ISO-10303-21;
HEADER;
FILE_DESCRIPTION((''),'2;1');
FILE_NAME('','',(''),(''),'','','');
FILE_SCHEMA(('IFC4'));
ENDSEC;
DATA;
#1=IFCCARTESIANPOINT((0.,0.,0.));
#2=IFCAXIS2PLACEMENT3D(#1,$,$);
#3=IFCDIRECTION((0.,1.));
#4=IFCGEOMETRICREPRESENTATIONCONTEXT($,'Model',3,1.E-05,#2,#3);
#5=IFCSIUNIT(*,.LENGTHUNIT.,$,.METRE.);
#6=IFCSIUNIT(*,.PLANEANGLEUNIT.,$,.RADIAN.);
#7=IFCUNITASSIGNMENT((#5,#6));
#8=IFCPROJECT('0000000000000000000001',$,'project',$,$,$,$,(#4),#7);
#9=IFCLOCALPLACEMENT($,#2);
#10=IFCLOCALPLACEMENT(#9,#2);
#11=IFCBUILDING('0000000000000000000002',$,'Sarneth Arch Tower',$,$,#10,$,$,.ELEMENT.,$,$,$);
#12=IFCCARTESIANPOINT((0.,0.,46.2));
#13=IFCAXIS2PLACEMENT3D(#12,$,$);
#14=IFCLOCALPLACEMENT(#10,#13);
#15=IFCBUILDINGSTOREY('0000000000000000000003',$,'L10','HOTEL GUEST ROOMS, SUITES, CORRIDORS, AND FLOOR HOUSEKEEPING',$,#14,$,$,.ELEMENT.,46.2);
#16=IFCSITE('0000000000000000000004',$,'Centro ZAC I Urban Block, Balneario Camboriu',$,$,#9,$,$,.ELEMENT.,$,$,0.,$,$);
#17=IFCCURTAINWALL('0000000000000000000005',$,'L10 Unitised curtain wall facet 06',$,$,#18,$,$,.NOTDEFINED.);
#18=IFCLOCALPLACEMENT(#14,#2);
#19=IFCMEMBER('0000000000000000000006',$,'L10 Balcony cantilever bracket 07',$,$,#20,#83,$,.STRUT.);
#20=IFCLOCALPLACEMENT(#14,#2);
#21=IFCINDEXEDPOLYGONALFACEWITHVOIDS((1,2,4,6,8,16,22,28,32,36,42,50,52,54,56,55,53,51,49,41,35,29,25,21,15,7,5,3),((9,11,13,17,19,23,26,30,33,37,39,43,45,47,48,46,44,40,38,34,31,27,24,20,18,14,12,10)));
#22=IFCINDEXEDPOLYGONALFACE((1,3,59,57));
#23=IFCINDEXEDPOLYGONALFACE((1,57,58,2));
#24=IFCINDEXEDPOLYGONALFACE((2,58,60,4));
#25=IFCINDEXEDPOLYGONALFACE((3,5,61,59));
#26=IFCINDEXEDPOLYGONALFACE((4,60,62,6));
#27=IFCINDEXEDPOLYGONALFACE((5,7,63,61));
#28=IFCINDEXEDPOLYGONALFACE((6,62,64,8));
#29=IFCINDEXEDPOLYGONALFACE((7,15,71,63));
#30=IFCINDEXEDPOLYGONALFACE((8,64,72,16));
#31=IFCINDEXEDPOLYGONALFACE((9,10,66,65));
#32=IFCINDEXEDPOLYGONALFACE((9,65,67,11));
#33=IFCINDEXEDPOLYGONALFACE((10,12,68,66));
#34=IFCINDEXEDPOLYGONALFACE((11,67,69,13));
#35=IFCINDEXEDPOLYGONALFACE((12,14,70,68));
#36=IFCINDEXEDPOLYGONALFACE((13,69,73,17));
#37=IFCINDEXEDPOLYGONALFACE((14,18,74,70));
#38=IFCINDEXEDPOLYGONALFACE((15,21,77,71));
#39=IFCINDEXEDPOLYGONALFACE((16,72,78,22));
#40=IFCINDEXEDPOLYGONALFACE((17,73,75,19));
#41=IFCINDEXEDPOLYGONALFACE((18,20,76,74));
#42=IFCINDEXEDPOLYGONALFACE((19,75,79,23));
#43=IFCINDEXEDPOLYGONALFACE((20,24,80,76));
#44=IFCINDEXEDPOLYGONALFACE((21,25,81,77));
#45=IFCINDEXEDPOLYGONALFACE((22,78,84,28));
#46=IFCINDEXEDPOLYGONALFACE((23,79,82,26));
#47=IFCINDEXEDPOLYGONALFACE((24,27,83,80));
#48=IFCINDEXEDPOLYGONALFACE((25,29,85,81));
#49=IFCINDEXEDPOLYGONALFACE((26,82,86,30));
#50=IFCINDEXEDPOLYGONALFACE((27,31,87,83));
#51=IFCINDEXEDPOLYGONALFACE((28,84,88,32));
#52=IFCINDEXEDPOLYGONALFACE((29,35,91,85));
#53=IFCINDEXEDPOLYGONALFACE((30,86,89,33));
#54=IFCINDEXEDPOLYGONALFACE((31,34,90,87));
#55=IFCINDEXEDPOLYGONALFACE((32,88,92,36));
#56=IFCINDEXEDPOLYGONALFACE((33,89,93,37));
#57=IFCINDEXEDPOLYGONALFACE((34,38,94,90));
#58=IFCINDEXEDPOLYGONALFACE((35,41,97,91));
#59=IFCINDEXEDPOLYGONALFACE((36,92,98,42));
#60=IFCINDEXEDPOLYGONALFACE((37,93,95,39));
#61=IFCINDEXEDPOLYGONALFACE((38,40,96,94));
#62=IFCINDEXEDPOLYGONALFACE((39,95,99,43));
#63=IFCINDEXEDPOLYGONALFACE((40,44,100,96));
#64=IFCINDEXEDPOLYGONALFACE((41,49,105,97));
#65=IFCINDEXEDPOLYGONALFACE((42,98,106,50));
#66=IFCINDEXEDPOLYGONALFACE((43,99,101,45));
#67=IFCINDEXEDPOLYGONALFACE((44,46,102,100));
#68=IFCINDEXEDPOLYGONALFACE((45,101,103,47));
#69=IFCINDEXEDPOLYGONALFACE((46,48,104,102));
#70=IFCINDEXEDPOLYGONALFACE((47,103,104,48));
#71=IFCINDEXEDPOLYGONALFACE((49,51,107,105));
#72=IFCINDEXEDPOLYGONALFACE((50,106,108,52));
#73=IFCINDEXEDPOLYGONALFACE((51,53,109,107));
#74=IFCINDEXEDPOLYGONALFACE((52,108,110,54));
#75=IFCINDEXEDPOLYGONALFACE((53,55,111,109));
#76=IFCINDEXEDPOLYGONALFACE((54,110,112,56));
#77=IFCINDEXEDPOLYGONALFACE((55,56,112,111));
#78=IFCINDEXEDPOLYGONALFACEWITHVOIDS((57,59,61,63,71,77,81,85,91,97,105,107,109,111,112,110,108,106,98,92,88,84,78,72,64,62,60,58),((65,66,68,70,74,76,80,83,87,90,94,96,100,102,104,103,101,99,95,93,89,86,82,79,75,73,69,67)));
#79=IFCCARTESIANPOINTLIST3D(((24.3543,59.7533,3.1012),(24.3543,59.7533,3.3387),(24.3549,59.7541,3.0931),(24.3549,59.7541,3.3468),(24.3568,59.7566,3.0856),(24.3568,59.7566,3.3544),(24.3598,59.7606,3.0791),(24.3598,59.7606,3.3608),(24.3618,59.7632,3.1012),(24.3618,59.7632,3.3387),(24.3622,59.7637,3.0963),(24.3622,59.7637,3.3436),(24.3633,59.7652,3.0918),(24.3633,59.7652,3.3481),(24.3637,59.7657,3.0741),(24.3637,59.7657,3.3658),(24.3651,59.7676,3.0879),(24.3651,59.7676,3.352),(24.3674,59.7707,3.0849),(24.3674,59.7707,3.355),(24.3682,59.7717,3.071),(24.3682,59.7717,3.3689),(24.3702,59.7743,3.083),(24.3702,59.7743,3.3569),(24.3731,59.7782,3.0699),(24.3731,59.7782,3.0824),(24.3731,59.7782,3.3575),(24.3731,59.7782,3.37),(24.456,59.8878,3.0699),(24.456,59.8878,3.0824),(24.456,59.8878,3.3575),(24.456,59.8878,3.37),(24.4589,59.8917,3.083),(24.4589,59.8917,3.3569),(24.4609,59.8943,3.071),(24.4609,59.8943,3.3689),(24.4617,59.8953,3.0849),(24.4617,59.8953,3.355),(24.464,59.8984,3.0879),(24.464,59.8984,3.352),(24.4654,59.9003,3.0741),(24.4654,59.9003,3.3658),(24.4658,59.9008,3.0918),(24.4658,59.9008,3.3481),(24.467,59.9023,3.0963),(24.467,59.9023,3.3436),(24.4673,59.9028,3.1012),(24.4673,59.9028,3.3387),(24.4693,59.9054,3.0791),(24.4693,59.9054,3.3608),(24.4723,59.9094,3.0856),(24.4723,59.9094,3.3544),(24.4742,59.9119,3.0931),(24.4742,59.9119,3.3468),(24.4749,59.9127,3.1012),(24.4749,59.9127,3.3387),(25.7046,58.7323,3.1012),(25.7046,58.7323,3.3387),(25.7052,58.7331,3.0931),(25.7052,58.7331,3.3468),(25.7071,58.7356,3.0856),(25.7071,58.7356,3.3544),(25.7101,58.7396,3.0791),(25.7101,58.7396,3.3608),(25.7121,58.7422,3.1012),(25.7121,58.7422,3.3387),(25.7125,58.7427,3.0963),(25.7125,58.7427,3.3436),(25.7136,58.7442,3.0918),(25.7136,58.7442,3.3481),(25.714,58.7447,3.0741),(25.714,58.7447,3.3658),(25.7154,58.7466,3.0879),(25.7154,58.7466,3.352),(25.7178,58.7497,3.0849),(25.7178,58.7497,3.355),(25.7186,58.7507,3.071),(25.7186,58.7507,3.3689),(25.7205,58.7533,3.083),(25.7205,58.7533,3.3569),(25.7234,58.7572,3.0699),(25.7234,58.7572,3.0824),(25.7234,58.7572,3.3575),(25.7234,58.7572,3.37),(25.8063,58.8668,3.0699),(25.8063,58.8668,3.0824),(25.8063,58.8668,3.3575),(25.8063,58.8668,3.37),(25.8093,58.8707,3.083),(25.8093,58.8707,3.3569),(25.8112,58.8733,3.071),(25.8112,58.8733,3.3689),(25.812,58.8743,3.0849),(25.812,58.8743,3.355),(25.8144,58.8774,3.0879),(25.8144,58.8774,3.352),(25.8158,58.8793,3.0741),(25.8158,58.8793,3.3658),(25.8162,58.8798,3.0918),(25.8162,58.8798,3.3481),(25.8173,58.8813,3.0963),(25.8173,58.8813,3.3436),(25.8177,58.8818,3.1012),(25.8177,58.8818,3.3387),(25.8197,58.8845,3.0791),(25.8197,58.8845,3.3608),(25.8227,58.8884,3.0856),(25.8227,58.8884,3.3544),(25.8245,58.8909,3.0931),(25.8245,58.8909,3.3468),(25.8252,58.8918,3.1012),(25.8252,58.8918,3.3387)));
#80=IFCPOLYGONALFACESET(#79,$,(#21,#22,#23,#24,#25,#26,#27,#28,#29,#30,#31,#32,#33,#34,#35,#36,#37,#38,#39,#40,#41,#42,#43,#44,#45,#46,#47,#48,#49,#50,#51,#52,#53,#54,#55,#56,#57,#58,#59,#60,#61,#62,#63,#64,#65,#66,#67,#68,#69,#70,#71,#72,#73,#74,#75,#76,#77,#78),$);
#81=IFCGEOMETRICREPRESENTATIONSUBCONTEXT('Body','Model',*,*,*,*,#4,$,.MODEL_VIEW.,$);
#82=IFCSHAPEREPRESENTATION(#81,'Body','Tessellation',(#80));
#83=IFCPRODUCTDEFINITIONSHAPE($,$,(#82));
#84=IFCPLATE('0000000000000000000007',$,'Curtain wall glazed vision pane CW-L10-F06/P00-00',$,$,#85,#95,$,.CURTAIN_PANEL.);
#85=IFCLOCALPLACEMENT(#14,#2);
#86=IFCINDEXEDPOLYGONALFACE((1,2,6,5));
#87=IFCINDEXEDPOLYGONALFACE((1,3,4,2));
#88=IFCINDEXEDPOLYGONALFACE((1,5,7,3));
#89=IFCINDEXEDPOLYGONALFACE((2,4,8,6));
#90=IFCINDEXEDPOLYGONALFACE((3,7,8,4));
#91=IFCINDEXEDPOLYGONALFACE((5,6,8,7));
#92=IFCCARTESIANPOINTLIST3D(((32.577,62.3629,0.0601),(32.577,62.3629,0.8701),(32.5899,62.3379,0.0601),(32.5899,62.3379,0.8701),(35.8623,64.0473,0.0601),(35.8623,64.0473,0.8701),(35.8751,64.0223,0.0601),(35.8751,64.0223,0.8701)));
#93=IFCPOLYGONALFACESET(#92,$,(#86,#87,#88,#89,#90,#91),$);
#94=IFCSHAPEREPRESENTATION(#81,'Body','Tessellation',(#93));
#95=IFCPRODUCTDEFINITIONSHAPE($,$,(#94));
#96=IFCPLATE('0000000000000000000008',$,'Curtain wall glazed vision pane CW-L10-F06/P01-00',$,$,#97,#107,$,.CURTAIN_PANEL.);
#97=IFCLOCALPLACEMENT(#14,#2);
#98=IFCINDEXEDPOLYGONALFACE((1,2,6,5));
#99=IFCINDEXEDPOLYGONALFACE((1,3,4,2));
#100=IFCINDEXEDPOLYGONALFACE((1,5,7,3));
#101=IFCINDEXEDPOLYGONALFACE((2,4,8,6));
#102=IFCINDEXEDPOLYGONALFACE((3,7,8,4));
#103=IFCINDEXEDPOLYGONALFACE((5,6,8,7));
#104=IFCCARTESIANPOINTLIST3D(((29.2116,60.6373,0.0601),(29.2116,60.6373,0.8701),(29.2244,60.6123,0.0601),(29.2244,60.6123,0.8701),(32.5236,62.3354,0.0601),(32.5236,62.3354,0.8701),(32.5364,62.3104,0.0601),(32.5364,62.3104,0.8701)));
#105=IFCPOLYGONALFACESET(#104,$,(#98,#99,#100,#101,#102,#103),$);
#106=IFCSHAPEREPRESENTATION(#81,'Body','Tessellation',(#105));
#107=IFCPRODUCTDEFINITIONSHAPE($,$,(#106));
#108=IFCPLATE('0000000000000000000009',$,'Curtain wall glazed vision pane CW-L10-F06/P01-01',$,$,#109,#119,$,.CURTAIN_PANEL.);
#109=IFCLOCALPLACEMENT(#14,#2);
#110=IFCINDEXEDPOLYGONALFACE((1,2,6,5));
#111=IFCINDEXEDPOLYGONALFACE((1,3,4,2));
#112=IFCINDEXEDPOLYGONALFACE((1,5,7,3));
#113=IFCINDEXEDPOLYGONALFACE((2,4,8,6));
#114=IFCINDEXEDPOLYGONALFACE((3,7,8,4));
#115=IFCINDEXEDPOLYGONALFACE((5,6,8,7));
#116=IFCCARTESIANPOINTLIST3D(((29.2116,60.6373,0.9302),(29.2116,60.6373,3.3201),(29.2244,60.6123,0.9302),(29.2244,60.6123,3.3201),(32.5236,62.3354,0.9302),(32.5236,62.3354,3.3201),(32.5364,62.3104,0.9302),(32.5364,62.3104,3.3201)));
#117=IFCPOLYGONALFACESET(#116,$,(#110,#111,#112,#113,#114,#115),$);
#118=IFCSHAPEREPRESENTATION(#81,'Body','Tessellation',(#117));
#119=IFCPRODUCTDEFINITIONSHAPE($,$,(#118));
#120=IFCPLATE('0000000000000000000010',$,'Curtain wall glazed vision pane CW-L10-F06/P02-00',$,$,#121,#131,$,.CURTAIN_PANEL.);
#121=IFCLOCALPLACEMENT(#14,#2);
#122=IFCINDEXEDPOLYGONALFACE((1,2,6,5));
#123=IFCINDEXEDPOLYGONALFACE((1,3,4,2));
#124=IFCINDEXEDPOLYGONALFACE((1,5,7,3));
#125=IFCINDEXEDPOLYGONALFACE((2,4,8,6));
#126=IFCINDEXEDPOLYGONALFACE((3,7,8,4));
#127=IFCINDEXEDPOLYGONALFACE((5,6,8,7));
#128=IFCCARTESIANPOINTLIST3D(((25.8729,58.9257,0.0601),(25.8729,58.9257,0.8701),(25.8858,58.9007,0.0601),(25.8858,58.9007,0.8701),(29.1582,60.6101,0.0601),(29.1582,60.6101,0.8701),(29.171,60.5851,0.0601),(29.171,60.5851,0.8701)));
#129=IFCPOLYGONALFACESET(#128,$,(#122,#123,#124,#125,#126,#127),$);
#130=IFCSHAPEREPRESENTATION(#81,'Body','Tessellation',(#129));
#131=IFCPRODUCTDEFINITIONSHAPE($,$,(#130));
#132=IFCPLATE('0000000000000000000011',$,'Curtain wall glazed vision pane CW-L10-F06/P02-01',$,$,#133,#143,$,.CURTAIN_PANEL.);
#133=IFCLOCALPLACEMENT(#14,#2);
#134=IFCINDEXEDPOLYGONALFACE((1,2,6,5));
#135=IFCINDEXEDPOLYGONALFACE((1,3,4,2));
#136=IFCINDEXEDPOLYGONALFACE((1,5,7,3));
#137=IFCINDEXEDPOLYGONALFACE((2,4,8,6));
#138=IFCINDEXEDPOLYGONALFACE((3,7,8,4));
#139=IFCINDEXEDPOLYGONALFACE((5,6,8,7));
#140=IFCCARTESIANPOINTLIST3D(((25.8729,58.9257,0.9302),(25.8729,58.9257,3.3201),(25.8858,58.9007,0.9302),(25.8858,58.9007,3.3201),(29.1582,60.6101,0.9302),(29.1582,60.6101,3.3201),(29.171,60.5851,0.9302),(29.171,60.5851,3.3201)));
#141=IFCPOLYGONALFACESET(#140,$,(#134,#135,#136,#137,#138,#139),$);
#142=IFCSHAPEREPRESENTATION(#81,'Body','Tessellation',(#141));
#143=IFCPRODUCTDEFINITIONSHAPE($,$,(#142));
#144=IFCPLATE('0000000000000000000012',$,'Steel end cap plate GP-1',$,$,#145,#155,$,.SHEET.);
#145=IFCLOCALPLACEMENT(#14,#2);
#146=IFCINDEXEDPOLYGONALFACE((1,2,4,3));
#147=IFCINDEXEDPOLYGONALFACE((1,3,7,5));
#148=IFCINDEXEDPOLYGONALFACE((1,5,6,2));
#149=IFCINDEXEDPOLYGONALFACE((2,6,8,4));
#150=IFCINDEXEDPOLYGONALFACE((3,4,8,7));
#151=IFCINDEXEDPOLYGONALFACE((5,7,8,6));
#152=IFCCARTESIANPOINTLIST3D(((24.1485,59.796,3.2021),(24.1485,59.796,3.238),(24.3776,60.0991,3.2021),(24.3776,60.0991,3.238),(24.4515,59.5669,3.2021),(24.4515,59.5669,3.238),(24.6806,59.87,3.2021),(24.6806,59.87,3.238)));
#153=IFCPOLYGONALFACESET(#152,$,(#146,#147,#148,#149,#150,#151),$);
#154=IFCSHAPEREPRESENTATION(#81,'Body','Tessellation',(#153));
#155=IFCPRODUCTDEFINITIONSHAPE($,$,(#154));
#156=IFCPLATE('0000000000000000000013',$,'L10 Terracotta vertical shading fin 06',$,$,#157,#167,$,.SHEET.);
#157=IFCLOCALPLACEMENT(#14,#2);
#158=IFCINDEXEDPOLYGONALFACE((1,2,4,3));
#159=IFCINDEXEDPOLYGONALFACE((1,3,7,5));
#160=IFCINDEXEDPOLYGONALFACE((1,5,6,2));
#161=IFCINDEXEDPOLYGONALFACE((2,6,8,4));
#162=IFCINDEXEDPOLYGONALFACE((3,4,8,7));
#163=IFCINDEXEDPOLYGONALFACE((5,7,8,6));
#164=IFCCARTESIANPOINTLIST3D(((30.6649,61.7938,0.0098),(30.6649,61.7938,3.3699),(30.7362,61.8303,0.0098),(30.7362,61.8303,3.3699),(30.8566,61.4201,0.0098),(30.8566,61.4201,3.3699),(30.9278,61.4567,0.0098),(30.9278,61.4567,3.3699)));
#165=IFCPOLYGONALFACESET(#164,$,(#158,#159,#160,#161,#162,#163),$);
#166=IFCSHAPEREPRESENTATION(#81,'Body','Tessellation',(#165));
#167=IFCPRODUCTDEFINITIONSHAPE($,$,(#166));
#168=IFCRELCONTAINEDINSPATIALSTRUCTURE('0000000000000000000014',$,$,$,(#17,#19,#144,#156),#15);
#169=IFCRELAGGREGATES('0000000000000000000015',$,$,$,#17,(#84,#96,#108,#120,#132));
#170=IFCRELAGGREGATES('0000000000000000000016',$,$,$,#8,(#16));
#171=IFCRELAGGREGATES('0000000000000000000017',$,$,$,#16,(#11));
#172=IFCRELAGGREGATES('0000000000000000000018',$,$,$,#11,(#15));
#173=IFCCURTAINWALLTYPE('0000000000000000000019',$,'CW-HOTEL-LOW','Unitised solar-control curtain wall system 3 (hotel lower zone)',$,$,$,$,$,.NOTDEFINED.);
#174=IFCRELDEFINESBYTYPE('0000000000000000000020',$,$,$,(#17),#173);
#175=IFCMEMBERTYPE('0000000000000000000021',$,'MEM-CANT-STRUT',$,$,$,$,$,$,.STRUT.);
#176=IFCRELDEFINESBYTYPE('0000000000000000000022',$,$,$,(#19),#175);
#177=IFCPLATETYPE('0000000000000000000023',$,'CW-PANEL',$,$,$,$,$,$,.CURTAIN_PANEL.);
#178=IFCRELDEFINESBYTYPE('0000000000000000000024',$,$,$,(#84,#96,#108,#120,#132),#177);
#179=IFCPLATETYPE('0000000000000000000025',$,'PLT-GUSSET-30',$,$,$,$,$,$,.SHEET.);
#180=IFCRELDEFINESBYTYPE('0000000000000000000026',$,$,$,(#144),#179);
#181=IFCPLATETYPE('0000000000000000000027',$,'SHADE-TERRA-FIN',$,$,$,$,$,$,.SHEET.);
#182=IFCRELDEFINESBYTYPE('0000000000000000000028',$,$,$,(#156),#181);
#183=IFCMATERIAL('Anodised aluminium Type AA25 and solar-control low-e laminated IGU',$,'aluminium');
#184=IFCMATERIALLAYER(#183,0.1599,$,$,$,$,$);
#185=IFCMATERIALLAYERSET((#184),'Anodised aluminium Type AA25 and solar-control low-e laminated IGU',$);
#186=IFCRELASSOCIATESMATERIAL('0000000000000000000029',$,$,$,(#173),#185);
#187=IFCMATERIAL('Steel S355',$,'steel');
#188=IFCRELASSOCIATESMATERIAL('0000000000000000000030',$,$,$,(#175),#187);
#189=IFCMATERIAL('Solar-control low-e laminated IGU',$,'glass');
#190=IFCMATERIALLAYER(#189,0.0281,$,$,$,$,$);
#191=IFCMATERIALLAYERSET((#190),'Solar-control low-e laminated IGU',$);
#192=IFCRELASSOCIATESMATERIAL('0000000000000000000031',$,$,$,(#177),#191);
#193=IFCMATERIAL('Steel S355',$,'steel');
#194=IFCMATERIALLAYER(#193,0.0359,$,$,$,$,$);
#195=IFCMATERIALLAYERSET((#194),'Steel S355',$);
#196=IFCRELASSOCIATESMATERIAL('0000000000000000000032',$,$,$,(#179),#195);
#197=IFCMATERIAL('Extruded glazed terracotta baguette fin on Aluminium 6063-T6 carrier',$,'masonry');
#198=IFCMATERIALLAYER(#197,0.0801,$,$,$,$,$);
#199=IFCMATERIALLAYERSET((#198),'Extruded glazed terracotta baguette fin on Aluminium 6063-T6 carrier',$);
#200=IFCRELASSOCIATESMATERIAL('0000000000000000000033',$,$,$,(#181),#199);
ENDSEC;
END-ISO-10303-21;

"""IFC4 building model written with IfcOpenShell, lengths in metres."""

from ifc_helpers import new_model, si_unit, direction, frame, origin, origin_2d, place, context, subcontext, project, spatial, rectangle, hollow_rectangle, extrude, material, layer, layer_set, material_profile, profile_set, type_object, element, aggregate, save


model = new_model("IFC4")

# Units and contexts
model_context = context("Model", 3, precision=1e-05, world=origin(), true_north=direction((0.0, 1.0)))
body_context = subcontext(model_context, "Body", "Model", "MODEL_VIEW")
ifc_project = project(units=[si_unit("LENGTHUNIT", "METRE"), si_unit("PLANEANGLEUNIT", "RADIAN")], contexts=[model_context])

# Site, building, storey
site_placement = place(None, origin())
site = spatial("IfcSite", under=ifc_project, at=site_placement, Name="Centro ZAC I Urban Block, Balneario Camboriu", CompositionType="ELEMENT", RefElevation=0.0)
building_placement = place(site_placement, origin())
building = spatial("IfcBuilding", under=site, at=building_placement, Name="Sarneth Arch Tower", CompositionType="ELEMENT")
storey_placement = place(building_placement, frame((0.0, 0.0, 46.2)))
storey = spatial("IfcBuildingStorey", under=building, at=storey_placement, Name="L10", Description="HOTEL GUEST ROOMS, SUITES, CORRIDORS, AND FLOOR HOUSEKEEPING", CompositionType="ELEMENT", Elevation=46.2)

# Curtain wall
ifc_material_1 = material(Name="Anodised aluminium Type AA25 and solar-control low-e laminated IGU", Category="aluminium")
ifc_layer_1 = layer(ifc_material_1, 0.1599)
ifc_layer_set_1 = layer_set([ifc_layer_1], Name="Anodised aluminium Type AA25 and solar-control low-e laminated IGU")
curtain_wall_type = type_object("IfcCurtainWallType", Name="CW-HOTEL-LOW", Description="Unitised solar-control curtain wall system 3 (hotel lower zone)", PredefinedType="NOTDEFINED", material=ifc_layer_set_1)
curtain_wall_placement = place(storey_placement, origin())
curtain_wall = element("IfcCurtainWall", 1, at=curtain_wall_placement, inside=storey, type_object=curtain_wall_type, Name="L10 Unitised curtain wall facet 06", PredefinedType="NOTDEFINED")

# Member
ifc_material_2 = material(Name="Steel S355", Category="steel")
ifc_material_profile_1 = material_profile(ifc_material_2, hollow_rectangle(XDim=0.2, YDim=0.3, WallThickness=0.0125, InnerFilletRadius=0.0188, OuterFilletRadius=0.0312, at=origin_2d()), Name="RHS300x200x12.5")
ifc_profile_set_1 = profile_set([ifc_material_profile_1], Name="Steel S355")
member_type_1 = type_object("IfcMemberType", Name="MEM-CANT-STRUT", PredefinedType="STRUT", material=ifc_profile_set_1)
member_1_placement = place(storey_placement, frame((25.7649, 58.812, 3.22), z_axis=(-0.797658, 0.603111, 0.0), x_axis=(-0.603111, -0.797658, 0.0)))
element("IfcMember", 2, at=member_1_placement, inside=storey, type_object=member_type_1, Name="L10 Balcony cantilever bracket 07", PredefinedType="STRUT", context=body_context, shape_type="SweptSolid", body=[
    extrude(hollow_rectangle(XDim=0.2, YDim=0.3, WallThickness=0.0125, InnerFilletRadius=0.0188, OuterFilletRadius=0.0312, at=origin_2d()), origin(), (0.0, 0.0, 1.0), 1.6929),
])

# Plates
ifc_material_3 = material(Name="Solar-control low-e laminated IGU", Category="glass")
ifc_layer_2 = layer(ifc_material_3, 0.0281)
ifc_layer_set_2 = layer_set([ifc_layer_2], Name="Solar-control low-e laminated IGU")
plate_type_1 = type_object("IfcPlateType", Name="CW-PANEL", PredefinedType="CURTAIN_PANEL", material=ifc_layer_set_2)
plate_1_placement = place(storey_placement, frame((34.2261, 63.1926, 0.0601), z_axis=(0.0, 0.0, 1.0), x_axis=(-0.889854, -0.456245, 0.0)))
plate_1 = element("IfcPlate", 3, at=plate_1_placement, type_object=plate_type_1, Name="Curtain wall glazed vision pane CW-L10-F06/P00-00", PredefinedType="CURTAIN_PANEL", context=body_context, shape_type="SweptSolid", body=[
    extrude(rectangle(XDim=3.6919, YDim=0.0281, at=origin_2d()), origin(), (0.0, 0.0, 1.0), 0.8101),
])
plate_2_placement = place(storey_placement, frame((30.874, 61.4739, 0.0601), z_axis=(0.0, 0.0, 1.0), x_axis=(-0.889854, -0.456245, 0.0)))
plate_2 = element("IfcPlate", 4, at=plate_2_placement, type_object=plate_type_1, Name="Curtain wall glazed vision pane CW-L10-F06/P01-00", PredefinedType="CURTAIN_PANEL", context=body_context, shape_type="SweptSolid", body=[
    extrude(rectangle(XDim=3.7219, YDim=0.0281, at=origin_2d()), origin(), (0.0, 0.0, 1.0), 0.8101),
])
plate_3_placement = place(storey_placement, frame((30.874, 61.4739, 0.9302), z_axis=(0.0, 0.0, 1.0), x_axis=(-0.889854, -0.456245, 0.0)))
plate_3 = element("IfcPlate", 5, at=plate_3_placement, type_object=plate_type_1, Name="Curtain wall glazed vision pane CW-L10-F06/P01-01", PredefinedType="CURTAIN_PANEL", context=body_context, shape_type="SweptSolid", body=[
    extrude(rectangle(XDim=3.7219, YDim=0.0281, at=origin_2d()), origin(), (0.0, 0.0, 1.0), 2.3899),
])
plate_4_placement = place(storey_placement, frame((27.522, 59.7554, 0.0601), z_axis=(0.0, 0.0, 1.0), x_axis=(-0.889854, -0.456245, 0.0)))
plate_4 = element("IfcPlate", 6, at=plate_4_placement, type_object=plate_type_1, Name="Curtain wall glazed vision pane CW-L10-F06/P02-00", PredefinedType="CURTAIN_PANEL", context=body_context, shape_type="SweptSolid", body=[
    extrude(rectangle(XDim=3.6919, YDim=0.0281, at=origin_2d()), origin(), (0.0, 0.0, 1.0), 0.8101),
])
plate_5_placement = place(storey_placement, frame((27.522, 59.7554, 0.9302), z_axis=(0.0, 0.0, 1.0), x_axis=(-0.889854, -0.456245, 0.0)))
plate_5 = element("IfcPlate", 7, at=plate_5_placement, type_object=plate_type_1, Name="Curtain wall glazed vision pane CW-L10-F06/P02-01", PredefinedType="CURTAIN_PANEL", context=body_context, shape_type="SweptSolid", body=[
    extrude(rectangle(XDim=3.6919, YDim=0.0281, at=origin_2d()), origin(), (0.0, 0.0, 1.0), 2.3899),
])
aggregate(curtain_wall, [plate_1, plate_2, plate_3, plate_4, plate_5])

# Plates
ifc_material_4 = material(Name="Steel S355", Category="steel")
ifc_layer_3 = layer(ifc_material_4, 0.0359)
ifc_layer_set_3 = layer_set([ifc_layer_3], Name="Steel S355")
plate_type_2 = type_object("IfcPlateType", Name="PLT-GUSSET-30", PredefinedType="SHEET", material=ifc_layer_set_3)
plate_6_placement = place(storey_placement, frame((24.4146, 59.833, 3.2021), z_axis=(0.0, 0.0, 1.0), x_axis=(-0.797689, 0.603069, 0.0)))
element("IfcPlate", 8, at=plate_6_placement, inside=storey, type_object=plate_type_2, Name="Steel end cap plate GP-1", PredefinedType="SHEET", context=body_context, shape_type="SweptSolid", body=[
    extrude(rectangle(XDim=0.3799, YDim=0.3799, at=origin_2d()), origin(), (0.0, 0.0, 1.0), 0.0359),
])
ifc_material_5 = material(Name="Extruded glazed terracotta baguette fin on Aluminium 6063-T6 carrier", Category="masonry")
ifc_layer_4 = layer(ifc_material_5, 0.0801)
ifc_layer_set_4 = layer_set([ifc_layer_4], Name="Extruded glazed terracotta baguette fin on Aluminium 6063-T6 carrier")
plate_type_3 = type_object("IfcPlateType", Name="SHADE-TERRA-FIN", PredefinedType="SHEET", material=ifc_layer_set_4)
plate_7_placement = place(storey_placement, frame((30.7964, 61.6252, 0.0098), z_axis=(0.0, 0.0, 1.0), x_axis=(-0.456322, 0.889815, 0.0)))
element("IfcPlate", 9, at=plate_7_placement, inside=storey, type_object=plate_type_3, Name="L10 Terracotta vertical shading fin 06", PredefinedType="SHEET", context=body_context, shape_type="SweptSolid", body=[
    extrude(rectangle(XDim=0.4199, YDim=0.0801, at=origin_2d()), origin(), (0.0, 0.0, 1.0), 3.3601),
])

save(model, "model.ifc")
